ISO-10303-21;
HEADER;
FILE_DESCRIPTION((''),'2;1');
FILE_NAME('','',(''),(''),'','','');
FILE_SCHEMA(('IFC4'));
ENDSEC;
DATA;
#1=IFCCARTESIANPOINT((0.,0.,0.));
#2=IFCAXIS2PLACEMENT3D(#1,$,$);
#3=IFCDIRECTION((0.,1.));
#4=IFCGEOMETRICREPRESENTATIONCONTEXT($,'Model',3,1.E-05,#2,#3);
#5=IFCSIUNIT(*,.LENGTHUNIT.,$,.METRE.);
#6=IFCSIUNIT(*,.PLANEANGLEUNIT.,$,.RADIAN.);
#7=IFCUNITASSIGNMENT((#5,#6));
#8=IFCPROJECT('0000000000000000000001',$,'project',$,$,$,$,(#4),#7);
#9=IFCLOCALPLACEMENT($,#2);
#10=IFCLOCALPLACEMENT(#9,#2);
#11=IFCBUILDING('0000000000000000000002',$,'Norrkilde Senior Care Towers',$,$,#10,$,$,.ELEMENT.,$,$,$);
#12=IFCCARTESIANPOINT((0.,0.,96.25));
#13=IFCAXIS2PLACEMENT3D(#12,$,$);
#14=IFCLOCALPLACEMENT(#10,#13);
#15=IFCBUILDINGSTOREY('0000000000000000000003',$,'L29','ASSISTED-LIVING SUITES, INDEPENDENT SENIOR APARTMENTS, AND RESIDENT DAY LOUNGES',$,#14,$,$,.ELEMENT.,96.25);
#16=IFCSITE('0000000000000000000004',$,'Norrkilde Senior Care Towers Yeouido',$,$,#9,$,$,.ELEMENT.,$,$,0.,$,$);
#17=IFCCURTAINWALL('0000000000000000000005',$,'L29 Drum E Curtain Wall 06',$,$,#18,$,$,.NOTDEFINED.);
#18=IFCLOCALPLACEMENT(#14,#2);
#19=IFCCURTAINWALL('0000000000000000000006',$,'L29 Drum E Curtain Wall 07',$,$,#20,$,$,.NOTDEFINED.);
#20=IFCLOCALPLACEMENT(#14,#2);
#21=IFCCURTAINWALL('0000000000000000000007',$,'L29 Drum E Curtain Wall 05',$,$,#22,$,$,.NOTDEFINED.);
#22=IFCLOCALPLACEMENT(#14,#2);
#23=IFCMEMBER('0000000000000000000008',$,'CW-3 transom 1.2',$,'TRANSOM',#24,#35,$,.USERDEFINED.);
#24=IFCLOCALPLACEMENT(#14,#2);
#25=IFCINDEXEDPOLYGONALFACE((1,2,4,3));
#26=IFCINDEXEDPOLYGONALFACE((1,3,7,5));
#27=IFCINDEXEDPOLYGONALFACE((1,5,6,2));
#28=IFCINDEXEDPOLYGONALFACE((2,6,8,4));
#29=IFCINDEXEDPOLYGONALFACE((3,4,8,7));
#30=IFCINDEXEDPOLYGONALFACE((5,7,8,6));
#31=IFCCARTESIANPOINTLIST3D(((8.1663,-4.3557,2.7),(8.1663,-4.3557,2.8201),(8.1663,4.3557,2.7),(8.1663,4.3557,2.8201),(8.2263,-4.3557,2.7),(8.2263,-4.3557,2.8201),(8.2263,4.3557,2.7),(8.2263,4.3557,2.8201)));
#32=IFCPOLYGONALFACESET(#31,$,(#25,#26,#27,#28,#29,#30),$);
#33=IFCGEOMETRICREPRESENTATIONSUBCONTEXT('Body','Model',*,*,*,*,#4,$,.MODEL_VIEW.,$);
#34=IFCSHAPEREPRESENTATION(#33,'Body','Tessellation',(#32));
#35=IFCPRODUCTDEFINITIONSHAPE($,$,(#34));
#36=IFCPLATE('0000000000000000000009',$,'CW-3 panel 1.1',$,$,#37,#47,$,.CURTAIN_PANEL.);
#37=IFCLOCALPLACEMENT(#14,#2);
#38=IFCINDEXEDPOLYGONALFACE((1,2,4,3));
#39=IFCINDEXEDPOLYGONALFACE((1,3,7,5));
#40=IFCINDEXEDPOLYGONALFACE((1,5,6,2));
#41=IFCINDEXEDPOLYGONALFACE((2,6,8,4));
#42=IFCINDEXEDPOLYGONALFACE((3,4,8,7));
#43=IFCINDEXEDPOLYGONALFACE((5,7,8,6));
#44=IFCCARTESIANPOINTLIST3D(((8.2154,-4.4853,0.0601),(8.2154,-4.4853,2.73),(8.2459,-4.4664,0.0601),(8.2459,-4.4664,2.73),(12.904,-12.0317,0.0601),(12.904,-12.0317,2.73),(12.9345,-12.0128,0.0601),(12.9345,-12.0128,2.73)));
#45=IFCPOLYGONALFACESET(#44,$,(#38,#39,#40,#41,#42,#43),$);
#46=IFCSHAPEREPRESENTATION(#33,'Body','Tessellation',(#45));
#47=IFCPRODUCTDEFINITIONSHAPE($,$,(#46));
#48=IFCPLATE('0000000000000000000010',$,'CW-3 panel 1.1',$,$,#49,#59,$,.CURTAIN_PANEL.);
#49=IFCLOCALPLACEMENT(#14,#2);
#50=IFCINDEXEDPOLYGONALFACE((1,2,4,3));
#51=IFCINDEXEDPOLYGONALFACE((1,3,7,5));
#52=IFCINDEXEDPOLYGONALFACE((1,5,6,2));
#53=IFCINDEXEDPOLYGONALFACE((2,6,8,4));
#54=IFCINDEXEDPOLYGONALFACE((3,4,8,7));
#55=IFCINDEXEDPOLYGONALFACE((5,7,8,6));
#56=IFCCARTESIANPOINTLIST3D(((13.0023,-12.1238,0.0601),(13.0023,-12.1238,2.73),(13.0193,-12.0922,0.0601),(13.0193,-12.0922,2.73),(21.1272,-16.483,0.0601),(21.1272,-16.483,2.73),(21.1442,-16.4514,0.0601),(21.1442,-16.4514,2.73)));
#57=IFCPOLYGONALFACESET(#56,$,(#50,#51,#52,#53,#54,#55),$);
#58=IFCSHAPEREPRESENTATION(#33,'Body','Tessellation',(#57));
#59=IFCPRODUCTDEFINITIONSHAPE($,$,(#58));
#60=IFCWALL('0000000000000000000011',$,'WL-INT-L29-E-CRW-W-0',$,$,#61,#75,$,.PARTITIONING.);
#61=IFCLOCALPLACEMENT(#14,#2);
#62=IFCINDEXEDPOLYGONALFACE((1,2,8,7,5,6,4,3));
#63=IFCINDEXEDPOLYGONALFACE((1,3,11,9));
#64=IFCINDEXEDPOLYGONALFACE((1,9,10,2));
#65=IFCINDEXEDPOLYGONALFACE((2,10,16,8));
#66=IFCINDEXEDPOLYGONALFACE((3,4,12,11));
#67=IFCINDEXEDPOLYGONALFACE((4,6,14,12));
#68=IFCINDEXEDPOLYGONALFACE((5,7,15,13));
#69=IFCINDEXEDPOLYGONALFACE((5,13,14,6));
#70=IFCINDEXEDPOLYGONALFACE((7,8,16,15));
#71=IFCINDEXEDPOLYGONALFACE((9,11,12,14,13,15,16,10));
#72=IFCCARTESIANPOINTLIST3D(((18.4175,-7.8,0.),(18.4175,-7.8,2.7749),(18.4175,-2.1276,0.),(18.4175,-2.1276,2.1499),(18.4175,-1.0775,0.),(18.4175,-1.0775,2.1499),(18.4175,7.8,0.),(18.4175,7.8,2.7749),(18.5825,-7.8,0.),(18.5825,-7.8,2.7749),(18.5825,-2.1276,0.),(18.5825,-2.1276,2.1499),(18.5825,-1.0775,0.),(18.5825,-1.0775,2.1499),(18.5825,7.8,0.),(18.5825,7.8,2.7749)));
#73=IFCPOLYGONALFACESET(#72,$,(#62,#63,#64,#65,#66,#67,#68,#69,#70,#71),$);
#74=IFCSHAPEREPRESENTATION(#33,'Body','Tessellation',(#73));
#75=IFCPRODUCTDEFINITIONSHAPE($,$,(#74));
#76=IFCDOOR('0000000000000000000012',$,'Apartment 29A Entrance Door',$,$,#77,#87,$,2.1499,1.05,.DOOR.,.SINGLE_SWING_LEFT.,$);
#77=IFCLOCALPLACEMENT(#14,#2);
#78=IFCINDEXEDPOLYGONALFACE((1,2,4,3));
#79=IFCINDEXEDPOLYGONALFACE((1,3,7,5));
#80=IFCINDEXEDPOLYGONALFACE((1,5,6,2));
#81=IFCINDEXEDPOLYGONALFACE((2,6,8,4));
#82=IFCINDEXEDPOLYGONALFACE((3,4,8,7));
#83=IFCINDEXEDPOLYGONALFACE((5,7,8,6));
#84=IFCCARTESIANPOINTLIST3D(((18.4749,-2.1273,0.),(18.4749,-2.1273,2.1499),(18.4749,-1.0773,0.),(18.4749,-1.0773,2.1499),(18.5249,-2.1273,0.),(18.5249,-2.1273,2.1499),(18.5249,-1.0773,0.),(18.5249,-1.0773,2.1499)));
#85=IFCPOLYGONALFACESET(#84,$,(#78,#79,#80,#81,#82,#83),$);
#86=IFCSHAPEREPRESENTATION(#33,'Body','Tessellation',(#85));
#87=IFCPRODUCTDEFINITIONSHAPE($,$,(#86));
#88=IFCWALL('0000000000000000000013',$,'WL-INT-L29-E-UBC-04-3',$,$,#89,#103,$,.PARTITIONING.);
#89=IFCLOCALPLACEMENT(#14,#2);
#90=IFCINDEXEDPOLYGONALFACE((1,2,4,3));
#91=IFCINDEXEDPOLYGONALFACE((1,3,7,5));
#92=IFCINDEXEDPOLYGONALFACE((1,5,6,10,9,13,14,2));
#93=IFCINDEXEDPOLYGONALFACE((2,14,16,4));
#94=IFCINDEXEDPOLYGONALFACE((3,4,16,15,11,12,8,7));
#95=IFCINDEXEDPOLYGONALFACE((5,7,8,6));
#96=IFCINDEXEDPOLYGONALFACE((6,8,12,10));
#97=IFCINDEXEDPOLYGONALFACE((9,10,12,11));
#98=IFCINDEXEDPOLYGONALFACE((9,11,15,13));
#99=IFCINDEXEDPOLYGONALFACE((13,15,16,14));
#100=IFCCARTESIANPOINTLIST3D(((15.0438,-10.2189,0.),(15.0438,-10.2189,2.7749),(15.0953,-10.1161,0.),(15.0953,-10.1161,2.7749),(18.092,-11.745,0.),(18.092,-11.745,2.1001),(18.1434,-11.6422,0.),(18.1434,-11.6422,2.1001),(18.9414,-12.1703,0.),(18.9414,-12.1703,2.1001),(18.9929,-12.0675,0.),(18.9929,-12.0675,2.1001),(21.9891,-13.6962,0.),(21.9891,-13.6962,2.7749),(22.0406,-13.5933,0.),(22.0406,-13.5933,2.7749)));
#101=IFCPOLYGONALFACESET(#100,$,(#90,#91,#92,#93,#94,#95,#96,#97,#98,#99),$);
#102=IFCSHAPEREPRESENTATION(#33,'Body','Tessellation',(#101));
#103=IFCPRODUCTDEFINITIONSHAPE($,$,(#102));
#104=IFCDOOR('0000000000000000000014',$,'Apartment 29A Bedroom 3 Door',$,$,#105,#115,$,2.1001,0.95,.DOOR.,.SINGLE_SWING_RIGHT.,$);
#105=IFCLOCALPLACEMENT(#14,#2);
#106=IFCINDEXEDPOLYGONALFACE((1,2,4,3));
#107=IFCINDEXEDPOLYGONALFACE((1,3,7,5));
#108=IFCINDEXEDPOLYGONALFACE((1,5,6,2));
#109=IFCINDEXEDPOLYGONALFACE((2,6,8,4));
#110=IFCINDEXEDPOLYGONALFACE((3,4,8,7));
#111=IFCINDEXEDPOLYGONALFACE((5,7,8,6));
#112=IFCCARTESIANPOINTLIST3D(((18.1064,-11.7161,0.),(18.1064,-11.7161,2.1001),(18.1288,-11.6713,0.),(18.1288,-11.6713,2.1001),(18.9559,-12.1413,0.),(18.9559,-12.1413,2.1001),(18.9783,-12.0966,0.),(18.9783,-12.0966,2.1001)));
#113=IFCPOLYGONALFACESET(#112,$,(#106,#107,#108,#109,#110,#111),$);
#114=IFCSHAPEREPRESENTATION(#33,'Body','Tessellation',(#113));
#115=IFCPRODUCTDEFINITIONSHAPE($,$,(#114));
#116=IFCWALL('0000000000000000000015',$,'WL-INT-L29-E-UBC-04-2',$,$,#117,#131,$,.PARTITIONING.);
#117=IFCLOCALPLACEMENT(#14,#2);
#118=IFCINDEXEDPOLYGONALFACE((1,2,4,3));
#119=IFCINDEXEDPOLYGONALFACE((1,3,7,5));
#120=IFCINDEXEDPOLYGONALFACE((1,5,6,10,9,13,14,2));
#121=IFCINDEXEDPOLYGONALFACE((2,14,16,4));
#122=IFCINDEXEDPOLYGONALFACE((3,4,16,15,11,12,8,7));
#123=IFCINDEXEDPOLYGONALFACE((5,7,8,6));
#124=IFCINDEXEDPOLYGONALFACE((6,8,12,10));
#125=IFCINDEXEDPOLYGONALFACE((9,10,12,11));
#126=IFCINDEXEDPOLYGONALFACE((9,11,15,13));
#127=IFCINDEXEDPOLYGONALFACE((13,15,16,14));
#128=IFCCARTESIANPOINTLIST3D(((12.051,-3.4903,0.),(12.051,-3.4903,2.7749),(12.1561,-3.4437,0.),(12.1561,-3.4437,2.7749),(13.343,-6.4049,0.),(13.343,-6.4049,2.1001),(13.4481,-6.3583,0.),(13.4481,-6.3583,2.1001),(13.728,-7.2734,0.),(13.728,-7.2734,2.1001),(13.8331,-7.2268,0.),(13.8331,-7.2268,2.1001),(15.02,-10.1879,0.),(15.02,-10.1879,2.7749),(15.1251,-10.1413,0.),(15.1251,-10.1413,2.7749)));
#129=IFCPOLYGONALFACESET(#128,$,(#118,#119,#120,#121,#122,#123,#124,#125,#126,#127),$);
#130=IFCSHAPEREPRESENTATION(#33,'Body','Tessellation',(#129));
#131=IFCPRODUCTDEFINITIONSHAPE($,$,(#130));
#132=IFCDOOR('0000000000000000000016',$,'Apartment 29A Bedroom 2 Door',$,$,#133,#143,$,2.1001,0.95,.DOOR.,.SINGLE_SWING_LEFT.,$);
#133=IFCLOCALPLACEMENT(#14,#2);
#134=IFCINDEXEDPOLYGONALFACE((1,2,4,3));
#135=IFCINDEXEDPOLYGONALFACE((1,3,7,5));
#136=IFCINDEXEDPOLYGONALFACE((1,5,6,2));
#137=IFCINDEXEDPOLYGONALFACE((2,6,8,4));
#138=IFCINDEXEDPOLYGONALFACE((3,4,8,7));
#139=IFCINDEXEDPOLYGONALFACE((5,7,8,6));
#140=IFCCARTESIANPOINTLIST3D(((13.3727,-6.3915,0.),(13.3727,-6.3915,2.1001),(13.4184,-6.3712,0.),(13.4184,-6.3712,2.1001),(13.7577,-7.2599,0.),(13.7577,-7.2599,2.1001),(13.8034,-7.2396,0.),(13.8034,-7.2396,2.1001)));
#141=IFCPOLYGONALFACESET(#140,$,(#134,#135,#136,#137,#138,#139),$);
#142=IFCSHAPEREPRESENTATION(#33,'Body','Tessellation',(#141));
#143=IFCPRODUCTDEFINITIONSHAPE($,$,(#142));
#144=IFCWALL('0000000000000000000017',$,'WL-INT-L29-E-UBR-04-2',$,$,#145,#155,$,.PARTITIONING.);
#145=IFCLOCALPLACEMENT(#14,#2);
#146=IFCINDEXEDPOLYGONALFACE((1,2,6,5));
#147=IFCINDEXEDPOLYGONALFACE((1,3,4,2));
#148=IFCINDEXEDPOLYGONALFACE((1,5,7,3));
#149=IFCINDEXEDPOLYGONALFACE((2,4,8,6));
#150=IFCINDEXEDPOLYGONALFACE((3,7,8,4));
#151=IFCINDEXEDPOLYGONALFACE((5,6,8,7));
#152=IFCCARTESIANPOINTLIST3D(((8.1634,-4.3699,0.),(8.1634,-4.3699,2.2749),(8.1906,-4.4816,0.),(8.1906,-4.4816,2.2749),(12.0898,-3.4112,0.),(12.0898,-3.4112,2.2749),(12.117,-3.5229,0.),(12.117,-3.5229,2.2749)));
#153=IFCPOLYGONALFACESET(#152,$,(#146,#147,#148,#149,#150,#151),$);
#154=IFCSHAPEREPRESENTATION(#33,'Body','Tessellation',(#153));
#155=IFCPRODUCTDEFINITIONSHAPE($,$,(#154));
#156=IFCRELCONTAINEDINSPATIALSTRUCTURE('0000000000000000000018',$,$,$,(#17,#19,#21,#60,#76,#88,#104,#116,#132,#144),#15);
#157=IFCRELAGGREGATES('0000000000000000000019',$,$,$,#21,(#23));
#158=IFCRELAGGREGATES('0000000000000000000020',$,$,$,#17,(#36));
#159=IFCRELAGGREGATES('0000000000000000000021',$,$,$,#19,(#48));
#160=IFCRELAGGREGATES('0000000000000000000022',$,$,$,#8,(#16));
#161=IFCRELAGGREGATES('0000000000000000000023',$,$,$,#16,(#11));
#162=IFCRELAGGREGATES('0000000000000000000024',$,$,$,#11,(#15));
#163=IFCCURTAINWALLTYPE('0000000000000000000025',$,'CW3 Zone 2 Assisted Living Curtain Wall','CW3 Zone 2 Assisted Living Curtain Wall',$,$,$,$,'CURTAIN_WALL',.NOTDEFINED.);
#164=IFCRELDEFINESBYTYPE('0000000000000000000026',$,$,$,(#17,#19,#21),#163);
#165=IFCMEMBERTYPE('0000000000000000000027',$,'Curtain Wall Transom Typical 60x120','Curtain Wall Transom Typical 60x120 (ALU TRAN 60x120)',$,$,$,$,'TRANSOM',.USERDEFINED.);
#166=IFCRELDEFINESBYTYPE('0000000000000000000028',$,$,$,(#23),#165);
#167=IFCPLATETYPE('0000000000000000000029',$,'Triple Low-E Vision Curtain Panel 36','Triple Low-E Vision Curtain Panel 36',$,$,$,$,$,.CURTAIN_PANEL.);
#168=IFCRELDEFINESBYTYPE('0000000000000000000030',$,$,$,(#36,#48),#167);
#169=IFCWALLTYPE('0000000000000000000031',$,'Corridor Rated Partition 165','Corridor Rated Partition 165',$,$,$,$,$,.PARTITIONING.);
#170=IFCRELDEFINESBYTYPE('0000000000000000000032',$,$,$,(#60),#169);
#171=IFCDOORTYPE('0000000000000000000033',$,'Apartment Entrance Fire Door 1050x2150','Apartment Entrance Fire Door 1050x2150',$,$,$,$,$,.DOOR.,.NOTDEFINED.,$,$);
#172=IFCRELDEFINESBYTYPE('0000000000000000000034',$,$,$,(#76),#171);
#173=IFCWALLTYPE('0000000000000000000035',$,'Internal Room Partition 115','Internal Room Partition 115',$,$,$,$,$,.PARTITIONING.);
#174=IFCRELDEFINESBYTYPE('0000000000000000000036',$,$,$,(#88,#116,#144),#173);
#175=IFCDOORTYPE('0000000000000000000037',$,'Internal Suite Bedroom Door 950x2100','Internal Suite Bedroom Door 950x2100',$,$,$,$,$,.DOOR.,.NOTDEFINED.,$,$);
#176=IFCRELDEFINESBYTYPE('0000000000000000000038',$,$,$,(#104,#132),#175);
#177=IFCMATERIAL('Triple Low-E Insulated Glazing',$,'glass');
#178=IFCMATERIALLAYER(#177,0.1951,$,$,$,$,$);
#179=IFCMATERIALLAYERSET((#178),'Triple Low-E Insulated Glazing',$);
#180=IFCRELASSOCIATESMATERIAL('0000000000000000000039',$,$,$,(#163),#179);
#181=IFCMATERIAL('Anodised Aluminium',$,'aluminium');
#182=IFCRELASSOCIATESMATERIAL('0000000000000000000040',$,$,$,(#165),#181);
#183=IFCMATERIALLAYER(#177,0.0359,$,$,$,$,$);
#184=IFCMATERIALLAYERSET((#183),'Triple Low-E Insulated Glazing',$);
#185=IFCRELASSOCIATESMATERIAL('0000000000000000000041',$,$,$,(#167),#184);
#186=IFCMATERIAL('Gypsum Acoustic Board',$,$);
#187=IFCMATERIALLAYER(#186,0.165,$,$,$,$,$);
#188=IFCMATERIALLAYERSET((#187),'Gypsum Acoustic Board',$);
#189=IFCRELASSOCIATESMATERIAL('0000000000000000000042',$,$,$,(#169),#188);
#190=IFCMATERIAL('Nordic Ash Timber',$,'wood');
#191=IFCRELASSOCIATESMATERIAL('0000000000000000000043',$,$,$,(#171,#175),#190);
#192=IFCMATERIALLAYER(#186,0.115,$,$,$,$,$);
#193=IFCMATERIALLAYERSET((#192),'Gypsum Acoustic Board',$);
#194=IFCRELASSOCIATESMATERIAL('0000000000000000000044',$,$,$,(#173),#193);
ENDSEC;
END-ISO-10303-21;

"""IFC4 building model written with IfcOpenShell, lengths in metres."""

from ifc_helpers import new_model, si_unit, direction, frame, frame_2d, origin, origin_2d, place, context, subcontext, project, spatial, rectangle, extrude, source, transform, mapped, material, layer, layer_set, material_profile, profile_set, type_object, type_shapes, element, fill, aggregate, save


model = new_model("IFC4")

# Units and contexts
model_context = context("Model", 3, precision=1e-05, world=origin(), true_north=direction((0.0, 1.0)))
body_context = subcontext(model_context, "Body", "Model", "MODEL_VIEW")
ifc_project = project(units=[si_unit("LENGTHUNIT", "METRE"), si_unit("PLANEANGLEUNIT", "RADIAN")], contexts=[model_context])

# Site, building, storey
site_placement = place(None, origin())
site = spatial("IfcSite", under=ifc_project, at=site_placement, Name="Norrkilde Senior Care Towers Yeouido", CompositionType="ELEMENT", RefElevation=0.0)
building_placement = place(site_placement, origin())
building = spatial("IfcBuilding", under=site, at=building_placement, Name="Norrkilde Senior Care Towers", CompositionType="ELEMENT")
storey_placement = place(building_placement, frame((0.0, 0.0, 96.25)))
storey = spatial("IfcBuildingStorey", under=building, at=storey_placement, Name="L29", Description="ASSISTED-LIVING SUITES, INDEPENDENT SENIOR APARTMENTS, AND RESIDENT DAY LOUNGES", CompositionType="ELEMENT", Elevation=96.25)

# Curtain wall
ifc_material_1 = material(Name="Triple Low-E Insulated Glazing", Category="glass")
ifc_layer_1 = layer(ifc_material_1, 0.1951)
ifc_layer_set_1 = layer_set([ifc_layer_1], Name="Triple Low-E Insulated Glazing")
curtain_wall_type = type_object("IfcCurtainWallType", Name="CW3 Zone 2 Assisted Living Curtain Wall", Description="CW3 Zone 2 Assisted Living Curtain Wall", ElementType="CURTAIN_WALL", PredefinedType="NOTDEFINED", material=ifc_layer_set_1)
curtain_wall_1_placement = place(storey_placement, origin())
curtain_wall_1 = element("IfcCurtainWall", 1, at=curtain_wall_1_placement, inside=storey, type_object=curtain_wall_type, Name="L29 Drum E Curtain Wall 06", PredefinedType="NOTDEFINED")
ifc_material_2 = material(Name="Anodised Aluminium", Category="aluminium")

# Curtain wall
curtain_wall_2_placement = place(storey_placement, origin())
curtain_wall_2 = element("IfcCurtainWall", 2, at=curtain_wall_2_placement, inside=storey, type_object=curtain_wall_type, Name="L29 Drum E Curtain Wall 07", PredefinedType="NOTDEFINED")

# Shared definitions
ifc_material_profile_1 = material_profile(ifc_material_2, rectangle(XDim=0.0601, YDim=0.1201, at=origin_2d()), Name="ALU TRAN 60x120")
ifc_profile_set_1 = profile_set([ifc_material_profile_1], Name="Anodised Aluminium")
member_type_1 = type_object("IfcMemberType", Name="Curtain Wall Transom Typical 60x120", Description="Curtain Wall Transom Typical 60x120 (ALU TRAN 60x120)", ElementType="TRANSOM", PredefinedType="USERDEFINED", material=ifc_profile_set_1)

# Curtain wall, member
curtain_wall_3_placement = place(storey_placement, origin())
curtain_wall_3 = element("IfcCurtainWall", 3, at=curtain_wall_3_placement, inside=storey, type_object=curtain_wall_type, Name="L29 Drum E Curtain Wall 05", PredefinedType="NOTDEFINED")
shared_shape_1 = source(origin(), body_context, "Body", "SweptSolid", [
    extrude(rectangle(XDim=0.0601, YDim=0.1201, at=origin_2d()), origin(), (0.0, 0.0, 1.0), 8.7114),
])
member_1_placement = place(storey_placement, frame((8.1963, -4.3557, 2.76), z_axis=(0.0, 1.0, 0.0), x_axis=(-1.0, 0.0, 0.0)))
member_1 = element("IfcMember", 4, at=member_1_placement, type_object=member_type_1, Name="CW-3 transom 1.2", ObjectType="TRANSOM", PredefinedType="USERDEFINED", context=body_context, shape_type="MappedRepresentation", body=[
    mapped(shared_shape_1, transform((0.0, 0.0, 0.0), x_axis=(1.0, 0.0, 0.0), y_axis=(0.0, 1.0, 0.0), z_axis=(0.0, 0.0, 1.0), scale=1.0)),
])
aggregate(curtain_wall_3, [member_1])

# Plates
ifc_layer_2 = layer(ifc_material_1, 0.0359)
ifc_layer_set_2 = layer_set([ifc_layer_2], Name="Triple Low-E Insulated Glazing")
plate_type = type_object("IfcPlateType", Name="Triple Low-E Vision Curtain Panel 36", Description="Triple Low-E Vision Curtain Panel 36", PredefinedType="CURTAIN_PANEL", material=ifc_layer_set_2)
shared_shape_2 = source(origin(), body_context, "Body", "SweptSolid", [
    extrude(rectangle(XDim=8.8843, YDim=0.0359, at=origin_2d()), origin(), (0.0, 0.0, 1.0), 2.6699),
])
plate_1_placement = place(storey_placement, frame((10.575, -8.249, 0.0601), z_axis=(0.0, 0.0, 1.0), x_axis=(-0.527733, 0.84941, 0.0)))
plate_1 = element("IfcPlate", 5, at=plate_1_placement, type_object=plate_type, Name="CW-3 panel 1.1", PredefinedType="CURTAIN_PANEL", context=body_context, shape_type="MappedRepresentation", body=[
    mapped(shared_shape_2, transform((0.0, 0.0, 0.0), x_axis=(1.0, 0.0, 0.0), y_axis=(0.0, 1.0, 0.0), z_axis=(0.0, 0.0, 1.0), scale=1.0)),
])
aggregate(curtain_wall_1, [plate_1])
shared_shape_3 = source(origin(), body_context, "Body", "SweptSolid", [
    extrude(rectangle(XDim=9.2205, YDim=0.0359, at=origin_2d()), origin(), (0.0, 0.0, 1.0), 2.6699),
])
type_shapes(plate_type, [shared_shape_2, shared_shape_3])
plate_2_placement = place(storey_placement, frame((17.0732, -14.2876, 0.0601), z_axis=(0.0, 0.0, 1.0), x_axis=(-0.881186, 0.472769, 0.0)))
plate_2 = element("IfcPlate", 6, at=plate_2_placement, type_object=plate_type, Name="CW-3 panel 1.1", PredefinedType="CURTAIN_PANEL", context=body_context, shape_type="MappedRepresentation", body=[
    mapped(shared_shape_3, transform((0.0, 0.0, 0.0), x_axis=(1.0, 0.0, 0.0), y_axis=(0.0, 1.0, 0.0), z_axis=(0.0, 0.0, 1.0), scale=1.0)),
])
aggregate(curtain_wall_2, [plate_2])

# Walls, openings, doors
ifc_material_3 = material(Name="Gypsum Acoustic Board")
ifc_layer_3 = layer(ifc_material_3, 0.165)
ifc_layer_set_3 = layer_set([ifc_layer_3], Name="Gypsum Acoustic Board")
wall_type_1 = type_object("IfcWallType", Name="Corridor Rated Partition 165", Description="Corridor Rated Partition 165", PredefinedType="PARTITIONING", material=ifc_layer_set_3)
shared_shape_4 = source(origin(), body_context, "Body", "SweptSolid", [
    extrude(rectangle(XDim=15.6001, YDim=0.165, at=frame_2d((7.8, 0.0))), origin(), (0.0, 0.0, 1.0), 2.7749),
])
type_shapes(wall_type_1, [shared_shape_4])
wall_1_placement = place(storey_placement, frame((18.5, -7.8, 0.0), z_axis=(0.0, 0.0, 1.0), x_axis=(0.0, 1.0, 0.0)))
wall_1 = element("IfcWall", 7, at=wall_1_placement, inside=storey, type_object=wall_type_1, Name="WL-INT-L29-E-CRW-W-0", PredefinedType="PARTITIONING", context=body_context, shape_type="MappedRepresentation", body=[
    mapped(shared_shape_4, transform((0.0, 0.0, 0.0), x_axis=(1.0, 0.0, 0.0), y_axis=(0.0, 1.0, 0.0), z_axis=(0.0, 0.0, 1.0), scale=1.0)),
])
opening_1_placement = place(wall_1_placement, frame((5.6726, 0.0, 0.0)))
opening_1 = element("IfcOpeningElement", 8, at=opening_1_placement, cuts=wall_1, PredefinedType="OPENING", context=body_context, shape_type="SweptSolid", body=[
    extrude(rectangle(XDim=1.05, YDim=2.1499, at=frame_2d((0.5249, 1.075))), frame((0.0, 0.0925, 0.0), z_axis=(0.0, -1.0, 0.0), x_axis=(1.0, 0.0, 0.0)), (0.0, 0.0, 1.0), 0.1851),
])
ifc_material_4 = material(Name="Nordic Ash Timber", Category="wood")
door_type_1 = type_object("IfcDoorType", Name="Apartment Entrance Fire Door 1050x2150", Description="Apartment Entrance Fire Door 1050x2150", OperationType="NOTDEFINED", PredefinedType="DOOR", material=ifc_material_4)
shared_shape_5 = source(origin(), body_context, "Body", "SweptSolid", [
    extrude(rectangle(XDim=1.05, YDim=2.1499, at=frame_2d((0.5249, 1.075))), frame((0.0, 0.0249, 0.0), z_axis=(0.0, -1.0, 0.0), x_axis=(1.0, 0.0, 0.0)), (0.0, 0.0, 1.0), 0.05),
])
type_shapes(door_type_1, [shared_shape_5])
door_1_placement = place(opening_1_placement, frame((1.05, 0.0, 0.0), z_axis=(0.0, 0.0, 1.0), x_axis=(-1.0, 0.0, 0.0)))
door_1 = element("IfcDoor", 9, at=door_1_placement, inside=storey, type_object=door_type_1, Name="Apartment 29A Entrance Door", OperationType="SINGLE_SWING_LEFT", OverallHeight=2.1499, OverallWidth=1.05, PredefinedType="DOOR", context=body_context, shape_type="MappedRepresentation", body=[
    mapped(shared_shape_5, transform((0.0, 0.0, 0.0), x_axis=(1.0, 0.0, 0.0), y_axis=(0.0, 1.0, 0.0), z_axis=(0.0, 0.0, 1.0), scale=1.0)),
])
fill(opening_1, door_1)
ifc_layer_4 = layer(ifc_material_3, 0.115)
ifc_layer_set_4 = layer_set([ifc_layer_4], Name="Gypsum Acoustic Board")
wall_type_2 = type_object("IfcWallType", Name="Internal Room Partition 115", Description="Internal Room Partition 115", PredefinedType="PARTITIONING", material=ifc_layer_set_4)
shared_shape_6 = source(origin(), body_context, "Body", "SweptSolid", [
    extrude(rectangle(XDim=7.7671, YDim=0.115, at=frame_2d((3.8835, 0.0))), origin(), (0.0, 0.0, 1.0), 2.7749),
])
wall_2_placement = place(storey_placement, frame((15.0696, -10.1675, 0.0), z_axis=(0.0, 0.0, 1.0), x_axis=(0.894188, -0.447691, 0.0)))
wall_2 = element("IfcWall", 10, at=wall_2_placement, inside=storey, type_object=wall_type_2, Name="WL-INT-L29-E-UBC-04-3", PredefinedType="PARTITIONING", context=body_context, shape_type="MappedRepresentation", body=[
    mapped(shared_shape_6, transform((0.0, 0.0, 0.0), x_axis=(1.0, 0.0, 0.0), y_axis=(0.0, 1.0, 0.0), z_axis=(0.0, 0.0, 1.0), scale=1.0)),
])
opening_2_placement = place(wall_2_placement, frame((3.4087, 0.0, 0.0)))
opening_2 = element("IfcOpeningElement", 11, at=opening_2_placement, cuts=wall_2, PredefinedType="OPENING", context=body_context, shape_type="SweptSolid", body=[
    extrude(rectangle(XDim=0.95, YDim=2.1001, at=frame_2d((0.4751, 1.05))), frame((0.0, 0.0674, 0.0), z_axis=(0.0, -1.0, 0.0), x_axis=(1.0, 0.0, 0.0)), (0.0, 0.0, 1.0), 0.135),
])
door_type_2 = type_object("IfcDoorType", Name="Internal Suite Bedroom Door 950x2100", Description="Internal Suite Bedroom Door 950x2100", OperationType="NOTDEFINED", PredefinedType="DOOR", material=ifc_material_4)
shared_shape_7 = source(origin(), body_context, "Body", "SweptSolid", [
    extrude(rectangle(XDim=0.95, YDim=2.1001, at=frame_2d((0.4751, 1.05))), frame((0.0, 0.0249, 0.0), z_axis=(0.0, -1.0, 0.0), x_axis=(1.0, 0.0, 0.0)), (0.0, 0.0, 1.0), 0.05),
])
type_shapes(door_type_2, [shared_shape_7])
door_2_placement = place(opening_2_placement, origin())
door_2 = element("IfcDoor", 12, at=door_2_placement, inside=storey, type_object=door_type_2, Name="Apartment 29A Bedroom 3 Door", OperationType="SINGLE_SWING_RIGHT", OverallHeight=2.1001, OverallWidth=0.95, PredefinedType="DOOR", context=body_context, shape_type="MappedRepresentation", body=[
    mapped(shared_shape_7, transform((0.0, 0.0, 0.0), x_axis=(1.0, 0.0, 0.0), y_axis=(0.0, 1.0, 0.0), z_axis=(0.0, 0.0, 1.0), scale=1.0)),
])
fill(opening_2, door_2)
shared_shape_8 = source(origin(), body_context, "Body", "SweptSolid", [
    extrude(rectangle(XDim=7.3262, YDim=0.115, at=frame_2d((3.6631, 0.0))), origin(), (0.0, 0.0, 1.0), 2.7749),
])
wall_3_placement = place(storey_placement, frame((12.1035, -3.467, 0.0), z_axis=(0.0, 0.0, 1.0), x_axis=(0.405263, -0.9142, 0.0)))
wall_3 = element("IfcWall", 13, at=wall_3_placement, inside=storey, type_object=wall_type_2, Name="WL-INT-L29-E-UBC-04-2", PredefinedType="PARTITIONING", context=body_context, shape_type="MappedRepresentation", body=[
    mapped(shared_shape_8, transform((0.0, 0.0, 0.0), x_axis=(1.0, 0.0, 0.0), y_axis=(0.0, 1.0, 0.0), z_axis=(0.0, 0.0, 1.0), scale=1.0)),
])
opening_3_placement = place(wall_3_placement, frame((3.188, 0.0, 0.0)))
opening_3 = element("IfcOpeningElement", 14, at=opening_3_placement, cuts=wall_3, PredefinedType="OPENING", context=body_context, shape_type="SweptSolid", body=[
    extrude(rectangle(XDim=0.95, YDim=2.1001, at=frame_2d((0.4751, 1.05))), frame((0.0, 0.0674, 0.0), z_axis=(0.0, -1.0, 0.0), x_axis=(1.0, 0.0, 0.0)), (0.0, 0.0, 1.0), 0.135),
])
door_3_placement = place(opening_3_placement, frame((0.95, 0.0, 0.0), z_axis=(0.0, 0.0, 1.0), x_axis=(-1.0, 0.0, 0.0)))
door_3 = element("IfcDoor", 15, at=door_3_placement, inside=storey, type_object=door_type_2, Name="Apartment 29A Bedroom 2 Door", OperationType="SINGLE_SWING_LEFT", OverallHeight=2.1001, OverallWidth=0.95, PredefinedType="DOOR", context=body_context, shape_type="MappedRepresentation", body=[
    mapped(shared_shape_7, transform((0.0, 0.0, 0.0), x_axis=(1.0, 0.0, 0.0), y_axis=(0.0, 1.0, 0.0), z_axis=(0.0, 0.0, 1.0), scale=1.0)),
])
fill(opening_3, door_3)

# Wall
shared_shape_9 = source(origin(), body_context, "Body", "SweptSolid", [
    extrude(rectangle(XDim=4.0417, YDim=0.115, at=frame_2d((2.021, 0.0))), origin(), (0.0, 0.0, 1.0), 2.2749),
])
wall_4_placement = place(storey_placement, frame((12.1035, -3.467, 0.0), z_axis=(0.0, 0.0, 1.0), x_axis=(-0.97146, -0.237202, 0.0)))
element("IfcWall", 16, at=wall_4_placement, inside=storey, type_object=wall_type_2, Name="WL-INT-L29-E-UBR-04-2", PredefinedType="PARTITIONING", context=body_context, shape_type="MappedRepresentation", body=[
    mapped(shared_shape_9, transform((0.0, 0.0, 0.0), x_axis=(1.0, 0.0, 0.0), y_axis=(0.0, 1.0, 0.0), z_axis=(0.0, 0.0, 1.0), scale=1.0)),
])

save(model, "model.ifc")
